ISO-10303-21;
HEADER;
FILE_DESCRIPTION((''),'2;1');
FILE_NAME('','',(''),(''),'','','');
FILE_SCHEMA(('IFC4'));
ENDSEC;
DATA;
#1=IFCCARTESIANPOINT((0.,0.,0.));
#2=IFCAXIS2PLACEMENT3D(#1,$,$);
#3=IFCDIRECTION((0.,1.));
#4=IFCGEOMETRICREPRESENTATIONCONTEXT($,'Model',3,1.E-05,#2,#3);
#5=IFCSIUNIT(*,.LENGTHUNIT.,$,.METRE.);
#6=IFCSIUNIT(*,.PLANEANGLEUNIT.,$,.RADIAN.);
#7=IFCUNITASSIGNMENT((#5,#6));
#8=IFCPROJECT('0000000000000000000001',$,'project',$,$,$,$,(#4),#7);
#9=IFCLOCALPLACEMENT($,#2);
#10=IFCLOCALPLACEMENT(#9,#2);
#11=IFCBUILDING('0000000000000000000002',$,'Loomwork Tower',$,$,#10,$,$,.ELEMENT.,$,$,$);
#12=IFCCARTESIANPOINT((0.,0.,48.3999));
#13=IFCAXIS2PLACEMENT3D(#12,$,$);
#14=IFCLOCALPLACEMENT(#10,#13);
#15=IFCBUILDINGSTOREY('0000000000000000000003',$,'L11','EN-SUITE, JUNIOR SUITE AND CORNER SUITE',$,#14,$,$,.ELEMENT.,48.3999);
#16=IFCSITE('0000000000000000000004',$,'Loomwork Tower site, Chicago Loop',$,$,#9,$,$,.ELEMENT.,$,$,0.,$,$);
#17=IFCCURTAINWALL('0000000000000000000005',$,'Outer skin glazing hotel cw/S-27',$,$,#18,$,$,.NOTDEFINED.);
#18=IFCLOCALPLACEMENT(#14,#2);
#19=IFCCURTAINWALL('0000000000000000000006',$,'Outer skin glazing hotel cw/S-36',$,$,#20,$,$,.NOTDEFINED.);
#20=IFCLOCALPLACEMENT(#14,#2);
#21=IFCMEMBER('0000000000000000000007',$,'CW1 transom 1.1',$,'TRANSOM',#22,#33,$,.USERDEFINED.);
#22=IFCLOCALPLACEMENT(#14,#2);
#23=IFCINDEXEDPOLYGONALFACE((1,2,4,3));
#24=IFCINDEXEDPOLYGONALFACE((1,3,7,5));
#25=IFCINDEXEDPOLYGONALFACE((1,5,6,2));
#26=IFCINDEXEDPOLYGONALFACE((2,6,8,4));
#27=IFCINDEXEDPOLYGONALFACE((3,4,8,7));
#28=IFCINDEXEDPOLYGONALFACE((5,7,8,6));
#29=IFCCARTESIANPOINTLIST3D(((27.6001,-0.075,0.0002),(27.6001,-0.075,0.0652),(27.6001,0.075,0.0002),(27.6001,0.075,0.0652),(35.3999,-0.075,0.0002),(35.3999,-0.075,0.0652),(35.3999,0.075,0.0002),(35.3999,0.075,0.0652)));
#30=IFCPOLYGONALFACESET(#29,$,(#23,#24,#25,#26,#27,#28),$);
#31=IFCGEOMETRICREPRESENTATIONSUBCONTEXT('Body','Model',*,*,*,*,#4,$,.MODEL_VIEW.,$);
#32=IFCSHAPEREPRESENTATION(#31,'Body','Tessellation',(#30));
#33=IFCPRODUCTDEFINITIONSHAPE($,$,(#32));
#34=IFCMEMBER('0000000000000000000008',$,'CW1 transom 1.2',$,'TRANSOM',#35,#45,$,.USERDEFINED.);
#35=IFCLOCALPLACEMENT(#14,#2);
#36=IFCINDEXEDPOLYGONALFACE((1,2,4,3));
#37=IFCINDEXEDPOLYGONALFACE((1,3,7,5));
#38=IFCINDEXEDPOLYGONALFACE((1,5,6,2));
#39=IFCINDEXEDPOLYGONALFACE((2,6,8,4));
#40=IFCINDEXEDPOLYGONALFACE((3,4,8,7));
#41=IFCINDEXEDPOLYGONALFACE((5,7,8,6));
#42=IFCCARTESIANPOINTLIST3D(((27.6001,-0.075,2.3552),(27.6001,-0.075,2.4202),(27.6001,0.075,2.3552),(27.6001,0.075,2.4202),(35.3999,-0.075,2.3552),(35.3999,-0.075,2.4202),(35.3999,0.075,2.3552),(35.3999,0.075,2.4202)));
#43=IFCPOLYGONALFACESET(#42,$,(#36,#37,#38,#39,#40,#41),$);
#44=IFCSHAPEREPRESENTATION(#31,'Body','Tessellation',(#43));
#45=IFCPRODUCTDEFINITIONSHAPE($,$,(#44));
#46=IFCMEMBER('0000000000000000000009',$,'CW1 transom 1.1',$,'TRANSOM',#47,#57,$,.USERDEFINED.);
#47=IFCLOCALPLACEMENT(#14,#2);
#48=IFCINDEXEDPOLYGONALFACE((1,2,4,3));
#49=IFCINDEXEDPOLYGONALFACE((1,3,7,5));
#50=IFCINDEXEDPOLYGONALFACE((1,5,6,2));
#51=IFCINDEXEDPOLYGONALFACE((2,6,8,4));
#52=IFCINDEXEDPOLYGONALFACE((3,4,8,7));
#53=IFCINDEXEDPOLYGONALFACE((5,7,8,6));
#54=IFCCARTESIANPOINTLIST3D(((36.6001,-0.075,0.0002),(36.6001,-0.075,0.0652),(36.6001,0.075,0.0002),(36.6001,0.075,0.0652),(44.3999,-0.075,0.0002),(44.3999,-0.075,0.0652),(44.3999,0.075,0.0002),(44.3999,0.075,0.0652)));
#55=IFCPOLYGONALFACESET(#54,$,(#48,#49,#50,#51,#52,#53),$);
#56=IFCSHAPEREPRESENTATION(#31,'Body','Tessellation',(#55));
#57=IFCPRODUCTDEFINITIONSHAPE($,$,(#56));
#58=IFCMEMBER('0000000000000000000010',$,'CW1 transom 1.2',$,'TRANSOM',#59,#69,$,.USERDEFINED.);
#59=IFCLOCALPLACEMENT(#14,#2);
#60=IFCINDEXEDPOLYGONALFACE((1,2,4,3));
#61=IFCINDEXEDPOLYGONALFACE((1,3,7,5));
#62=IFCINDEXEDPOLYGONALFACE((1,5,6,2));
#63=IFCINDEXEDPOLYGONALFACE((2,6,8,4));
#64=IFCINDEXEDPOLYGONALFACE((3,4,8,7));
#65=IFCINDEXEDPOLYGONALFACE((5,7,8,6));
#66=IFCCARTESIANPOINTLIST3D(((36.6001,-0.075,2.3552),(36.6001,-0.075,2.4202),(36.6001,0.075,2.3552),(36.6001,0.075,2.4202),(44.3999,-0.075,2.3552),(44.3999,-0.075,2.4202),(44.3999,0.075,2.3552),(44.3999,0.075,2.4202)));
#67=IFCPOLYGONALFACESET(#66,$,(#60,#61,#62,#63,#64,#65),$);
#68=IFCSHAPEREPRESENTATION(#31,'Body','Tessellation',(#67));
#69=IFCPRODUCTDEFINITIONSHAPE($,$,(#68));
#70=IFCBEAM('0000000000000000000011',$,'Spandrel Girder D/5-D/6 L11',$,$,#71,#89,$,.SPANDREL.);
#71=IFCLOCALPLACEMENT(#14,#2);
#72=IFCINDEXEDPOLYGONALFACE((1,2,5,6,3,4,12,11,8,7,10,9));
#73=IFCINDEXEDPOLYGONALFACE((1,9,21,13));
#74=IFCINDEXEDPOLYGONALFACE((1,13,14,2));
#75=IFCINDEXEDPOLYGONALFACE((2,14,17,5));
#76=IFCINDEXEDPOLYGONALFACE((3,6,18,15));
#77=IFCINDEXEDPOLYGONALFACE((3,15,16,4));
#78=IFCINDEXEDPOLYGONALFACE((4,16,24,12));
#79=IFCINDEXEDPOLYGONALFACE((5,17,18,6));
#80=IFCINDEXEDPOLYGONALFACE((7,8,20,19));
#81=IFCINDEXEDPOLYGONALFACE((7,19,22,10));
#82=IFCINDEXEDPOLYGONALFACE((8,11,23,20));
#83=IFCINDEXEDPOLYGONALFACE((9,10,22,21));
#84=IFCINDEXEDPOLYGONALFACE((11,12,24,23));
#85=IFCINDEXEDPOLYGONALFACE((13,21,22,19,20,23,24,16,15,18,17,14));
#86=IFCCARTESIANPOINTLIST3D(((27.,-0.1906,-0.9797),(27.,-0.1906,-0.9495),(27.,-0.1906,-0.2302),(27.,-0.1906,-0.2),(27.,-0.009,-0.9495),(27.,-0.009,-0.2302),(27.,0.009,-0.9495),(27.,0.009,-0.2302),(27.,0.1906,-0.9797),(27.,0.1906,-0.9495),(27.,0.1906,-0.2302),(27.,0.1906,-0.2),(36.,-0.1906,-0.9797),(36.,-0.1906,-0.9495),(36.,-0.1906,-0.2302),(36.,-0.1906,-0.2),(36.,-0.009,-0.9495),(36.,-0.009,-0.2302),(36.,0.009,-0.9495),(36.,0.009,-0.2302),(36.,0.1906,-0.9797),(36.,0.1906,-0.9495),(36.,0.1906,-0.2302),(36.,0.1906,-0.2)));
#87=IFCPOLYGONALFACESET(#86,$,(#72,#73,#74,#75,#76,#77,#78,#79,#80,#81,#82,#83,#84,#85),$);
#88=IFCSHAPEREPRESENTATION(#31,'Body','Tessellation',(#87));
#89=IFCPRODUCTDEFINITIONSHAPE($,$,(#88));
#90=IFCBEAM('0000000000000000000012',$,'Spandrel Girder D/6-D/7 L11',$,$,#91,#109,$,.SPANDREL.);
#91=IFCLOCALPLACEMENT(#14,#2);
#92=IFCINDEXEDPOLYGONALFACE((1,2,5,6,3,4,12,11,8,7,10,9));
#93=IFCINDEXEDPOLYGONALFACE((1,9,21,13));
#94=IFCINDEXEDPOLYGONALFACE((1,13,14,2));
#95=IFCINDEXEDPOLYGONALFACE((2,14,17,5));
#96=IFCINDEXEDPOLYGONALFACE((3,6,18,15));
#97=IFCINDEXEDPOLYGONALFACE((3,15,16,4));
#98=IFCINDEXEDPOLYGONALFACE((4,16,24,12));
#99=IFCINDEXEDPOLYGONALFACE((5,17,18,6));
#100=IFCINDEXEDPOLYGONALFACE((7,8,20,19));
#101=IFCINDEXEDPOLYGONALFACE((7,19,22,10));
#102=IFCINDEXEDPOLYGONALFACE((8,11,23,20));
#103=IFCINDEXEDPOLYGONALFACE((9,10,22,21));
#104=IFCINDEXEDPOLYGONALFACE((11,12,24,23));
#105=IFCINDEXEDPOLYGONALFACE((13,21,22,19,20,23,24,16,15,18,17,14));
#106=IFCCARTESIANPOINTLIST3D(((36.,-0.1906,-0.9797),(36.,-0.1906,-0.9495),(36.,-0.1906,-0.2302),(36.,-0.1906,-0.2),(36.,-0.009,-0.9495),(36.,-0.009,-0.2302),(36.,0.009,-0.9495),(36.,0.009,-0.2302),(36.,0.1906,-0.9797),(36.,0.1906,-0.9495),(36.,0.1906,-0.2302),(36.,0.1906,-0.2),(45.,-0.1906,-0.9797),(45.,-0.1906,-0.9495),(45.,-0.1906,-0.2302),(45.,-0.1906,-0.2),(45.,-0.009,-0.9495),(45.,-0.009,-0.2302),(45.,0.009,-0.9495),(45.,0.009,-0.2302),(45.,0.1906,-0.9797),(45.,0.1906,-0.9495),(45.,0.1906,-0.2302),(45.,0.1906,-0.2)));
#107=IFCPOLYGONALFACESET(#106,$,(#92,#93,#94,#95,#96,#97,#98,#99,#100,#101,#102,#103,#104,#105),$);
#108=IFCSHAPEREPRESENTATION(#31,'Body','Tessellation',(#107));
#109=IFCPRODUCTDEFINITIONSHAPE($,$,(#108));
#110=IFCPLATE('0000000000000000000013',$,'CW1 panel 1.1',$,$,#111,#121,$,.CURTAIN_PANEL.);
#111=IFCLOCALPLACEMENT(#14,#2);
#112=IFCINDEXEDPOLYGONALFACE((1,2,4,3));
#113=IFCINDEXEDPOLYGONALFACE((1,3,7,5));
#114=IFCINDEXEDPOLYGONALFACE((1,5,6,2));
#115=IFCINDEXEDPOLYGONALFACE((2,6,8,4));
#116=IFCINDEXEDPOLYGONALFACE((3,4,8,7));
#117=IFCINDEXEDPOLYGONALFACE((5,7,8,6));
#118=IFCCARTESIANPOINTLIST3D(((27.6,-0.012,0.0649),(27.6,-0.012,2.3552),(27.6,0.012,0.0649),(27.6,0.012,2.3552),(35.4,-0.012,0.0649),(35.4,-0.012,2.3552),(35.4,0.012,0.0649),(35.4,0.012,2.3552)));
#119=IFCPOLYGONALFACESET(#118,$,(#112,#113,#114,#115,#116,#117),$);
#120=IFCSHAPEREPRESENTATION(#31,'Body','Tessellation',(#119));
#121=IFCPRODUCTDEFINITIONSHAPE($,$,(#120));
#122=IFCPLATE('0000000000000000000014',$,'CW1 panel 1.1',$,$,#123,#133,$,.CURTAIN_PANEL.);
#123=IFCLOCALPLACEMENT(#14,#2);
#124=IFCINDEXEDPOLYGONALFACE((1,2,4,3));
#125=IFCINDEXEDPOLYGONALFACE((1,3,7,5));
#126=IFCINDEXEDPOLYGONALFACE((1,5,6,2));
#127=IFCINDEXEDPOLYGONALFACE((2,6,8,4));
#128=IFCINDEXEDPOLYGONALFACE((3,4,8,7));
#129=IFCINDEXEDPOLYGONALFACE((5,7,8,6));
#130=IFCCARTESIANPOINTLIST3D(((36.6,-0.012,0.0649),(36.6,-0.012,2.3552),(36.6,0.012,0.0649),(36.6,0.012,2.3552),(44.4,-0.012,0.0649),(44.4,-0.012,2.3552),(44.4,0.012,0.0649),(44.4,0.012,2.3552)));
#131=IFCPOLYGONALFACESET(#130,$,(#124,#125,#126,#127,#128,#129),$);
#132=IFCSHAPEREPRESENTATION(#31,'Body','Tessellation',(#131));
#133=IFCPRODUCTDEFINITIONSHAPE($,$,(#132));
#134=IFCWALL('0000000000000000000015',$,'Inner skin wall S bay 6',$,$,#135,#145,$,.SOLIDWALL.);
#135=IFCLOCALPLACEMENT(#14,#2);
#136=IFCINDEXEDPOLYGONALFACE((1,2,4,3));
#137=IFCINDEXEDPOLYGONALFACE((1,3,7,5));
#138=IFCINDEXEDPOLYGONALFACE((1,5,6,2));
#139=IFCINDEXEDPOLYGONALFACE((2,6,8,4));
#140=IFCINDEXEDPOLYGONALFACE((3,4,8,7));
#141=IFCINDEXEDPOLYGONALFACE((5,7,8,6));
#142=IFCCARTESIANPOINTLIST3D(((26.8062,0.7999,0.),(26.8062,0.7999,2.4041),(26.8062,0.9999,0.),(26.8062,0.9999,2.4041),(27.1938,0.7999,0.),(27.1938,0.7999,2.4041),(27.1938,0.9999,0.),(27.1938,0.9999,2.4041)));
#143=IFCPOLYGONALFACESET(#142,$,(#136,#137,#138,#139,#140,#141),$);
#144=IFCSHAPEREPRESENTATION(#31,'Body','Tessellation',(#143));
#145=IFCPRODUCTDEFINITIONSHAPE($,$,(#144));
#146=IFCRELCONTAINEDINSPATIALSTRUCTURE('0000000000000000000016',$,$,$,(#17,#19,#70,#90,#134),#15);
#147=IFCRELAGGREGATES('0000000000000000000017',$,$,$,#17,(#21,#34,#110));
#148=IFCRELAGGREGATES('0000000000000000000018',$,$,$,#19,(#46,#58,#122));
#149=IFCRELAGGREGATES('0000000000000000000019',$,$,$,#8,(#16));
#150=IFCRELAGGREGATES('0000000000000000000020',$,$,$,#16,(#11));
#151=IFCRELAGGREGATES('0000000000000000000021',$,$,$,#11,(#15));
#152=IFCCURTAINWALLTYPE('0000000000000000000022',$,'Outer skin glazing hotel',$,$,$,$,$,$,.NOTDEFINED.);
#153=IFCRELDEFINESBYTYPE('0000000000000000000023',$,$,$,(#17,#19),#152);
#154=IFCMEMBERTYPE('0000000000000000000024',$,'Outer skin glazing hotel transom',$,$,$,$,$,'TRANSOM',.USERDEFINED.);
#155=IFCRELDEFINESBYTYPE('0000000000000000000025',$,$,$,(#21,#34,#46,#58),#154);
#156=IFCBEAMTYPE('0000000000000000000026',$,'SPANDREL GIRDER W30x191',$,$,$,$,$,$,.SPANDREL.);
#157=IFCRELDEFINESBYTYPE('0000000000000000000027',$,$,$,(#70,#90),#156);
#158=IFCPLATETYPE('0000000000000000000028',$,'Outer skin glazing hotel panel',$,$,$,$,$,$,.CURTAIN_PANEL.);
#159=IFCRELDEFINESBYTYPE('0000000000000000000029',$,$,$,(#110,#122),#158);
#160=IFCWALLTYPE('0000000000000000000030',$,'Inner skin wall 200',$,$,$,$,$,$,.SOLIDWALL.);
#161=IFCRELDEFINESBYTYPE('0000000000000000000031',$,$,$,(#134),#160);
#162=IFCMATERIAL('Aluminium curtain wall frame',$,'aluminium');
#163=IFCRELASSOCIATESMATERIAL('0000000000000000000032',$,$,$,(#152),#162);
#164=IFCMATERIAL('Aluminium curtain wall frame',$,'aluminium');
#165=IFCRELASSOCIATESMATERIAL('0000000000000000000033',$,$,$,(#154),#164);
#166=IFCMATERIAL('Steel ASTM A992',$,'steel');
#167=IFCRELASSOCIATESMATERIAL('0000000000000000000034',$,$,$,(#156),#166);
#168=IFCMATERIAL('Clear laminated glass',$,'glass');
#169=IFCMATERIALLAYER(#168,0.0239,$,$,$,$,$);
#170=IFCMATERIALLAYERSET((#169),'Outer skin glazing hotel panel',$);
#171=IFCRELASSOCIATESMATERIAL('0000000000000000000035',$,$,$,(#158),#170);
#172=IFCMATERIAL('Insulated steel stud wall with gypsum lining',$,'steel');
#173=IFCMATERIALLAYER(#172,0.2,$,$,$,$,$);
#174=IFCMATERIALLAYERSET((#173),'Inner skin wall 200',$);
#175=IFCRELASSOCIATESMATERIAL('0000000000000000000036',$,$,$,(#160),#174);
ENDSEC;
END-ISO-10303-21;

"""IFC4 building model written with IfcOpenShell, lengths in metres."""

from ifc_helpers import new_model, si_unit, direction, frame, frame_2d, origin, origin_2d, place, context, subcontext, project, spatial, rectangle, i_section, extrude, material, layer, layer_set, material_profile, profile_set, type_object, element, aggregate, save


model = new_model("IFC4")

# Units and contexts
model_context = context("Model", 3, precision=1e-05, world=origin(), true_north=direction((0.0, 1.0)))
body_context = subcontext(model_context, "Body", "Model", "MODEL_VIEW")
ifc_project = project(units=[si_unit("LENGTHUNIT", "METRE"), si_unit("PLANEANGLEUNIT", "RADIAN")], contexts=[model_context])

# Site, building, storey
site_placement = place(None, origin())
site = spatial("IfcSite", under=ifc_project, at=site_placement, Name="Loomwork Tower site, Chicago Loop", CompositionType="ELEMENT", RefElevation=0.0)
building_placement = place(site_placement, origin())
building = spatial("IfcBuilding", under=site, at=building_placement, Name="Loomwork Tower", CompositionType="ELEMENT")
storey_placement = place(building_placement, frame((0.0, 0.0, 48.3999)))
storey = spatial("IfcBuildingStorey", under=building, at=storey_placement, Name="L11", Description="EN-SUITE, JUNIOR SUITE AND CORNER SUITE", CompositionType="ELEMENT", Elevation=48.3999)

# Shared definitions
ifc_material_1 = material(Name="Aluminium curtain wall frame", Category="aluminium")
curtain_wall_type = type_object("IfcCurtainWallType", Name="Outer skin glazing hotel", PredefinedType="NOTDEFINED", material=ifc_material_1)

# Curtain walls
curtain_wall_1_placement = place(storey_placement, origin())
curtain_wall_1 = element("IfcCurtainWall", 1, at=curtain_wall_1_placement, inside=storey, type_object=curtain_wall_type, Name="Outer skin glazing hotel cw/S-27", PredefinedType="NOTDEFINED")
curtain_wall_2_placement = place(storey_placement, origin())
curtain_wall_2 = element("IfcCurtainWall", 2, at=curtain_wall_2_placement, inside=storey, type_object=curtain_wall_type, Name="Outer skin glazing hotel cw/S-36", PredefinedType="NOTDEFINED")

# Members
ifc_material_2 = material(Name="Aluminium curtain wall frame", Category="aluminium")
ifc_material_profile_1 = material_profile(ifc_material_2, rectangle(XDim=0.1499, YDim=0.0649, at=origin_2d()), Name="AL 65x150")
ifc_profile_set_1 = profile_set([ifc_material_profile_1], Name="Aluminium curtain wall frame")
member_type_1 = type_object("IfcMemberType", Name="Outer skin glazing hotel transom", ElementType="TRANSOM", PredefinedType="USERDEFINED", material=ifc_profile_set_1)
member_1_placement = place(storey_placement, frame((27.6001, 0.0, 0.0327), z_axis=(1.0, 0.0, 0.0), x_axis=(0.0, 1.0, 0.0)))
member_1 = element("IfcMember", 3, at=member_1_placement, type_object=member_type_1, Name="CW1 transom 1.1", ObjectType="TRANSOM", PredefinedType="USERDEFINED", context=body_context, shape_type="SweptSolid", body=[
    extrude(rectangle(XDim=0.1499, YDim=0.0649, at=origin_2d()), origin(), (0.0, 0.0, 1.0), 7.7998),
])
member_2_placement = place(storey_placement, frame((27.6001, 0.0, 2.3877), z_axis=(1.0, 0.0, 0.0), x_axis=(0.0, 1.0, 0.0)))
member_2 = element("IfcMember", 4, at=member_2_placement, type_object=member_type_1, Name="CW1 transom 1.2", ObjectType="TRANSOM", PredefinedType="USERDEFINED", context=body_context, shape_type="SweptSolid", body=[
    extrude(rectangle(XDim=0.1499, YDim=0.0649, at=origin_2d()), origin(), (0.0, 0.0, 1.0), 7.7998),
])
member_3_placement = place(storey_placement, frame((36.6001, 0.0, 0.0327), z_axis=(1.0, 0.0, 0.0), x_axis=(0.0, 1.0, 0.0)))
member_3 = element("IfcMember", 5, at=member_3_placement, type_object=member_type_1, Name="CW1 transom 1.1", ObjectType="TRANSOM", PredefinedType="USERDEFINED", context=body_context, shape_type="SweptSolid", body=[
    extrude(rectangle(XDim=0.1499, YDim=0.0649, at=origin_2d()), origin(), (0.0, 0.0, 1.0), 7.7998),
])
member_4_placement = place(storey_placement, frame((36.6001, 0.0, 2.3877), z_axis=(1.0, 0.0, 0.0), x_axis=(0.0, 1.0, 0.0)))
member_4 = element("IfcMember", 6, at=member_4_placement, type_object=member_type_1, Name="CW1 transom 1.2", ObjectType="TRANSOM", PredefinedType="USERDEFINED", context=body_context, shape_type="SweptSolid", body=[
    extrude(rectangle(XDim=0.1499, YDim=0.0649, at=origin_2d()), origin(), (0.0, 0.0, 1.0), 7.7998),
])

# Beams
ifc_material_3 = material(Name="Steel ASTM A992", Category="steel")
ifc_material_profile_2 = material_profile(ifc_material_3, i_section(OverallWidth=0.3811, OverallDepth=0.7798, WebThickness=0.0181, FlangeThickness=0.0303, at=origin_2d()), Name="W30x191")
ifc_profile_set_2 = profile_set([ifc_material_profile_2], Name="Steel ASTM A992")
beam_type_1 = type_object("IfcBeamType", Name="SPANDREL GIRDER W30x191", PredefinedType="SPANDREL", material=ifc_profile_set_2)
for number, where, z_axis, x_axis, name in (
    (7, (27.0, 0.0, -0.5898), (1.0, 0.0, 0.0), (0.0, 1.0, 0.0), "Spandrel Girder D/5-D/6 L11"),
    (8, (36.0, 0.0, -0.5898), (1.0, 0.0, 0.0), (0.0, 1.0, 0.0), "Spandrel Girder D/6-D/7 L11"),
):
    element("IfcBeam", number, at=place(storey_placement, frame(where, z_axis=z_axis, x_axis=x_axis)), inside=storey, type_object=beam_type_1, Name=name, PredefinedType="SPANDREL", context=body_context, shape_type="SweptSolid", body=[
        extrude(i_section(OverallWidth=0.3811, OverallDepth=0.7798, WebThickness=0.0181, FlangeThickness=0.0303, at=origin_2d()), origin(), (0.0, 0.0, 1.0), 9.0),
    ])

# Plates
ifc_material_4 = material(Name="Clear laminated glass", Category="glass")
ifc_layer_1 = layer(ifc_material_4, 0.0239)
ifc_layer_set_1 = layer_set([ifc_layer_1], Name="Outer skin glazing hotel panel")
plate_type = type_object("IfcPlateType", Name="Outer skin glazing hotel panel", PredefinedType="CURTAIN_PANEL", material=ifc_layer_set_1)
plate_1_placement = place(storey_placement, frame((31.5, 0.0, 0.0649), z_axis=(0.0, 0.0, 1.0), x_axis=(1.0, 0.0, 0.0)))
plate_1 = element("IfcPlate", 9, at=plate_1_placement, type_object=plate_type, Name="CW1 panel 1.1", PredefinedType="CURTAIN_PANEL", context=body_context, shape_type="SweptSolid", body=[
    extrude(rectangle(XDim=7.8, YDim=0.0239, at=origin_2d()), origin(), (0.0, 0.0, 1.0), 2.2903),
])
aggregate(curtain_wall_1, [member_1, member_2, plate_1])
plate_2_placement = place(storey_placement, frame((40.5, 0.0, 0.0649), z_axis=(0.0, 0.0, 1.0), x_axis=(1.0, 0.0, 0.0)))
plate_2 = element("IfcPlate", 10, at=plate_2_placement, type_object=plate_type, Name="CW1 panel 1.1", PredefinedType="CURTAIN_PANEL", context=body_context, shape_type="SweptSolid", body=[
    extrude(rectangle(XDim=7.8, YDim=0.0239, at=origin_2d()), origin(), (0.0, 0.0, 1.0), 2.2903),
])
aggregate(curtain_wall_2, [member_3, member_4, plate_2])

# Wall
ifc_material_5 = material(Name="Insulated steel stud wall with gypsum lining", Category="steel")
ifc_layer_2 = layer(ifc_material_5, 0.2)
ifc_layer_set_2 = layer_set([ifc_layer_2], Name="Inner skin wall 200")
wall_type = type_object("IfcWallType", Name="Inner skin wall 200", PredefinedType="SOLIDWALL", material=ifc_layer_set_2)
wall_1_placement = place(storey_placement, frame((26.8062, 0.8999, 0.0), z_axis=(0.0, 0.0, 1.0), x_axis=(1.0, 0.0, 0.0)))
element("IfcWall", 11, at=wall_1_placement, inside=storey, type_object=wall_type, Name="Inner skin wall S bay 6", PredefinedType="SOLIDWALL", context=body_context, shape_type="SweptSolid", body=[
    extrude(rectangle(XDim=0.3877, YDim=0.2, at=frame_2d((0.1938, 0.0))), origin(), (0.0, 0.0, 1.0), 2.4041),
])

save(model, "model.ifc")
